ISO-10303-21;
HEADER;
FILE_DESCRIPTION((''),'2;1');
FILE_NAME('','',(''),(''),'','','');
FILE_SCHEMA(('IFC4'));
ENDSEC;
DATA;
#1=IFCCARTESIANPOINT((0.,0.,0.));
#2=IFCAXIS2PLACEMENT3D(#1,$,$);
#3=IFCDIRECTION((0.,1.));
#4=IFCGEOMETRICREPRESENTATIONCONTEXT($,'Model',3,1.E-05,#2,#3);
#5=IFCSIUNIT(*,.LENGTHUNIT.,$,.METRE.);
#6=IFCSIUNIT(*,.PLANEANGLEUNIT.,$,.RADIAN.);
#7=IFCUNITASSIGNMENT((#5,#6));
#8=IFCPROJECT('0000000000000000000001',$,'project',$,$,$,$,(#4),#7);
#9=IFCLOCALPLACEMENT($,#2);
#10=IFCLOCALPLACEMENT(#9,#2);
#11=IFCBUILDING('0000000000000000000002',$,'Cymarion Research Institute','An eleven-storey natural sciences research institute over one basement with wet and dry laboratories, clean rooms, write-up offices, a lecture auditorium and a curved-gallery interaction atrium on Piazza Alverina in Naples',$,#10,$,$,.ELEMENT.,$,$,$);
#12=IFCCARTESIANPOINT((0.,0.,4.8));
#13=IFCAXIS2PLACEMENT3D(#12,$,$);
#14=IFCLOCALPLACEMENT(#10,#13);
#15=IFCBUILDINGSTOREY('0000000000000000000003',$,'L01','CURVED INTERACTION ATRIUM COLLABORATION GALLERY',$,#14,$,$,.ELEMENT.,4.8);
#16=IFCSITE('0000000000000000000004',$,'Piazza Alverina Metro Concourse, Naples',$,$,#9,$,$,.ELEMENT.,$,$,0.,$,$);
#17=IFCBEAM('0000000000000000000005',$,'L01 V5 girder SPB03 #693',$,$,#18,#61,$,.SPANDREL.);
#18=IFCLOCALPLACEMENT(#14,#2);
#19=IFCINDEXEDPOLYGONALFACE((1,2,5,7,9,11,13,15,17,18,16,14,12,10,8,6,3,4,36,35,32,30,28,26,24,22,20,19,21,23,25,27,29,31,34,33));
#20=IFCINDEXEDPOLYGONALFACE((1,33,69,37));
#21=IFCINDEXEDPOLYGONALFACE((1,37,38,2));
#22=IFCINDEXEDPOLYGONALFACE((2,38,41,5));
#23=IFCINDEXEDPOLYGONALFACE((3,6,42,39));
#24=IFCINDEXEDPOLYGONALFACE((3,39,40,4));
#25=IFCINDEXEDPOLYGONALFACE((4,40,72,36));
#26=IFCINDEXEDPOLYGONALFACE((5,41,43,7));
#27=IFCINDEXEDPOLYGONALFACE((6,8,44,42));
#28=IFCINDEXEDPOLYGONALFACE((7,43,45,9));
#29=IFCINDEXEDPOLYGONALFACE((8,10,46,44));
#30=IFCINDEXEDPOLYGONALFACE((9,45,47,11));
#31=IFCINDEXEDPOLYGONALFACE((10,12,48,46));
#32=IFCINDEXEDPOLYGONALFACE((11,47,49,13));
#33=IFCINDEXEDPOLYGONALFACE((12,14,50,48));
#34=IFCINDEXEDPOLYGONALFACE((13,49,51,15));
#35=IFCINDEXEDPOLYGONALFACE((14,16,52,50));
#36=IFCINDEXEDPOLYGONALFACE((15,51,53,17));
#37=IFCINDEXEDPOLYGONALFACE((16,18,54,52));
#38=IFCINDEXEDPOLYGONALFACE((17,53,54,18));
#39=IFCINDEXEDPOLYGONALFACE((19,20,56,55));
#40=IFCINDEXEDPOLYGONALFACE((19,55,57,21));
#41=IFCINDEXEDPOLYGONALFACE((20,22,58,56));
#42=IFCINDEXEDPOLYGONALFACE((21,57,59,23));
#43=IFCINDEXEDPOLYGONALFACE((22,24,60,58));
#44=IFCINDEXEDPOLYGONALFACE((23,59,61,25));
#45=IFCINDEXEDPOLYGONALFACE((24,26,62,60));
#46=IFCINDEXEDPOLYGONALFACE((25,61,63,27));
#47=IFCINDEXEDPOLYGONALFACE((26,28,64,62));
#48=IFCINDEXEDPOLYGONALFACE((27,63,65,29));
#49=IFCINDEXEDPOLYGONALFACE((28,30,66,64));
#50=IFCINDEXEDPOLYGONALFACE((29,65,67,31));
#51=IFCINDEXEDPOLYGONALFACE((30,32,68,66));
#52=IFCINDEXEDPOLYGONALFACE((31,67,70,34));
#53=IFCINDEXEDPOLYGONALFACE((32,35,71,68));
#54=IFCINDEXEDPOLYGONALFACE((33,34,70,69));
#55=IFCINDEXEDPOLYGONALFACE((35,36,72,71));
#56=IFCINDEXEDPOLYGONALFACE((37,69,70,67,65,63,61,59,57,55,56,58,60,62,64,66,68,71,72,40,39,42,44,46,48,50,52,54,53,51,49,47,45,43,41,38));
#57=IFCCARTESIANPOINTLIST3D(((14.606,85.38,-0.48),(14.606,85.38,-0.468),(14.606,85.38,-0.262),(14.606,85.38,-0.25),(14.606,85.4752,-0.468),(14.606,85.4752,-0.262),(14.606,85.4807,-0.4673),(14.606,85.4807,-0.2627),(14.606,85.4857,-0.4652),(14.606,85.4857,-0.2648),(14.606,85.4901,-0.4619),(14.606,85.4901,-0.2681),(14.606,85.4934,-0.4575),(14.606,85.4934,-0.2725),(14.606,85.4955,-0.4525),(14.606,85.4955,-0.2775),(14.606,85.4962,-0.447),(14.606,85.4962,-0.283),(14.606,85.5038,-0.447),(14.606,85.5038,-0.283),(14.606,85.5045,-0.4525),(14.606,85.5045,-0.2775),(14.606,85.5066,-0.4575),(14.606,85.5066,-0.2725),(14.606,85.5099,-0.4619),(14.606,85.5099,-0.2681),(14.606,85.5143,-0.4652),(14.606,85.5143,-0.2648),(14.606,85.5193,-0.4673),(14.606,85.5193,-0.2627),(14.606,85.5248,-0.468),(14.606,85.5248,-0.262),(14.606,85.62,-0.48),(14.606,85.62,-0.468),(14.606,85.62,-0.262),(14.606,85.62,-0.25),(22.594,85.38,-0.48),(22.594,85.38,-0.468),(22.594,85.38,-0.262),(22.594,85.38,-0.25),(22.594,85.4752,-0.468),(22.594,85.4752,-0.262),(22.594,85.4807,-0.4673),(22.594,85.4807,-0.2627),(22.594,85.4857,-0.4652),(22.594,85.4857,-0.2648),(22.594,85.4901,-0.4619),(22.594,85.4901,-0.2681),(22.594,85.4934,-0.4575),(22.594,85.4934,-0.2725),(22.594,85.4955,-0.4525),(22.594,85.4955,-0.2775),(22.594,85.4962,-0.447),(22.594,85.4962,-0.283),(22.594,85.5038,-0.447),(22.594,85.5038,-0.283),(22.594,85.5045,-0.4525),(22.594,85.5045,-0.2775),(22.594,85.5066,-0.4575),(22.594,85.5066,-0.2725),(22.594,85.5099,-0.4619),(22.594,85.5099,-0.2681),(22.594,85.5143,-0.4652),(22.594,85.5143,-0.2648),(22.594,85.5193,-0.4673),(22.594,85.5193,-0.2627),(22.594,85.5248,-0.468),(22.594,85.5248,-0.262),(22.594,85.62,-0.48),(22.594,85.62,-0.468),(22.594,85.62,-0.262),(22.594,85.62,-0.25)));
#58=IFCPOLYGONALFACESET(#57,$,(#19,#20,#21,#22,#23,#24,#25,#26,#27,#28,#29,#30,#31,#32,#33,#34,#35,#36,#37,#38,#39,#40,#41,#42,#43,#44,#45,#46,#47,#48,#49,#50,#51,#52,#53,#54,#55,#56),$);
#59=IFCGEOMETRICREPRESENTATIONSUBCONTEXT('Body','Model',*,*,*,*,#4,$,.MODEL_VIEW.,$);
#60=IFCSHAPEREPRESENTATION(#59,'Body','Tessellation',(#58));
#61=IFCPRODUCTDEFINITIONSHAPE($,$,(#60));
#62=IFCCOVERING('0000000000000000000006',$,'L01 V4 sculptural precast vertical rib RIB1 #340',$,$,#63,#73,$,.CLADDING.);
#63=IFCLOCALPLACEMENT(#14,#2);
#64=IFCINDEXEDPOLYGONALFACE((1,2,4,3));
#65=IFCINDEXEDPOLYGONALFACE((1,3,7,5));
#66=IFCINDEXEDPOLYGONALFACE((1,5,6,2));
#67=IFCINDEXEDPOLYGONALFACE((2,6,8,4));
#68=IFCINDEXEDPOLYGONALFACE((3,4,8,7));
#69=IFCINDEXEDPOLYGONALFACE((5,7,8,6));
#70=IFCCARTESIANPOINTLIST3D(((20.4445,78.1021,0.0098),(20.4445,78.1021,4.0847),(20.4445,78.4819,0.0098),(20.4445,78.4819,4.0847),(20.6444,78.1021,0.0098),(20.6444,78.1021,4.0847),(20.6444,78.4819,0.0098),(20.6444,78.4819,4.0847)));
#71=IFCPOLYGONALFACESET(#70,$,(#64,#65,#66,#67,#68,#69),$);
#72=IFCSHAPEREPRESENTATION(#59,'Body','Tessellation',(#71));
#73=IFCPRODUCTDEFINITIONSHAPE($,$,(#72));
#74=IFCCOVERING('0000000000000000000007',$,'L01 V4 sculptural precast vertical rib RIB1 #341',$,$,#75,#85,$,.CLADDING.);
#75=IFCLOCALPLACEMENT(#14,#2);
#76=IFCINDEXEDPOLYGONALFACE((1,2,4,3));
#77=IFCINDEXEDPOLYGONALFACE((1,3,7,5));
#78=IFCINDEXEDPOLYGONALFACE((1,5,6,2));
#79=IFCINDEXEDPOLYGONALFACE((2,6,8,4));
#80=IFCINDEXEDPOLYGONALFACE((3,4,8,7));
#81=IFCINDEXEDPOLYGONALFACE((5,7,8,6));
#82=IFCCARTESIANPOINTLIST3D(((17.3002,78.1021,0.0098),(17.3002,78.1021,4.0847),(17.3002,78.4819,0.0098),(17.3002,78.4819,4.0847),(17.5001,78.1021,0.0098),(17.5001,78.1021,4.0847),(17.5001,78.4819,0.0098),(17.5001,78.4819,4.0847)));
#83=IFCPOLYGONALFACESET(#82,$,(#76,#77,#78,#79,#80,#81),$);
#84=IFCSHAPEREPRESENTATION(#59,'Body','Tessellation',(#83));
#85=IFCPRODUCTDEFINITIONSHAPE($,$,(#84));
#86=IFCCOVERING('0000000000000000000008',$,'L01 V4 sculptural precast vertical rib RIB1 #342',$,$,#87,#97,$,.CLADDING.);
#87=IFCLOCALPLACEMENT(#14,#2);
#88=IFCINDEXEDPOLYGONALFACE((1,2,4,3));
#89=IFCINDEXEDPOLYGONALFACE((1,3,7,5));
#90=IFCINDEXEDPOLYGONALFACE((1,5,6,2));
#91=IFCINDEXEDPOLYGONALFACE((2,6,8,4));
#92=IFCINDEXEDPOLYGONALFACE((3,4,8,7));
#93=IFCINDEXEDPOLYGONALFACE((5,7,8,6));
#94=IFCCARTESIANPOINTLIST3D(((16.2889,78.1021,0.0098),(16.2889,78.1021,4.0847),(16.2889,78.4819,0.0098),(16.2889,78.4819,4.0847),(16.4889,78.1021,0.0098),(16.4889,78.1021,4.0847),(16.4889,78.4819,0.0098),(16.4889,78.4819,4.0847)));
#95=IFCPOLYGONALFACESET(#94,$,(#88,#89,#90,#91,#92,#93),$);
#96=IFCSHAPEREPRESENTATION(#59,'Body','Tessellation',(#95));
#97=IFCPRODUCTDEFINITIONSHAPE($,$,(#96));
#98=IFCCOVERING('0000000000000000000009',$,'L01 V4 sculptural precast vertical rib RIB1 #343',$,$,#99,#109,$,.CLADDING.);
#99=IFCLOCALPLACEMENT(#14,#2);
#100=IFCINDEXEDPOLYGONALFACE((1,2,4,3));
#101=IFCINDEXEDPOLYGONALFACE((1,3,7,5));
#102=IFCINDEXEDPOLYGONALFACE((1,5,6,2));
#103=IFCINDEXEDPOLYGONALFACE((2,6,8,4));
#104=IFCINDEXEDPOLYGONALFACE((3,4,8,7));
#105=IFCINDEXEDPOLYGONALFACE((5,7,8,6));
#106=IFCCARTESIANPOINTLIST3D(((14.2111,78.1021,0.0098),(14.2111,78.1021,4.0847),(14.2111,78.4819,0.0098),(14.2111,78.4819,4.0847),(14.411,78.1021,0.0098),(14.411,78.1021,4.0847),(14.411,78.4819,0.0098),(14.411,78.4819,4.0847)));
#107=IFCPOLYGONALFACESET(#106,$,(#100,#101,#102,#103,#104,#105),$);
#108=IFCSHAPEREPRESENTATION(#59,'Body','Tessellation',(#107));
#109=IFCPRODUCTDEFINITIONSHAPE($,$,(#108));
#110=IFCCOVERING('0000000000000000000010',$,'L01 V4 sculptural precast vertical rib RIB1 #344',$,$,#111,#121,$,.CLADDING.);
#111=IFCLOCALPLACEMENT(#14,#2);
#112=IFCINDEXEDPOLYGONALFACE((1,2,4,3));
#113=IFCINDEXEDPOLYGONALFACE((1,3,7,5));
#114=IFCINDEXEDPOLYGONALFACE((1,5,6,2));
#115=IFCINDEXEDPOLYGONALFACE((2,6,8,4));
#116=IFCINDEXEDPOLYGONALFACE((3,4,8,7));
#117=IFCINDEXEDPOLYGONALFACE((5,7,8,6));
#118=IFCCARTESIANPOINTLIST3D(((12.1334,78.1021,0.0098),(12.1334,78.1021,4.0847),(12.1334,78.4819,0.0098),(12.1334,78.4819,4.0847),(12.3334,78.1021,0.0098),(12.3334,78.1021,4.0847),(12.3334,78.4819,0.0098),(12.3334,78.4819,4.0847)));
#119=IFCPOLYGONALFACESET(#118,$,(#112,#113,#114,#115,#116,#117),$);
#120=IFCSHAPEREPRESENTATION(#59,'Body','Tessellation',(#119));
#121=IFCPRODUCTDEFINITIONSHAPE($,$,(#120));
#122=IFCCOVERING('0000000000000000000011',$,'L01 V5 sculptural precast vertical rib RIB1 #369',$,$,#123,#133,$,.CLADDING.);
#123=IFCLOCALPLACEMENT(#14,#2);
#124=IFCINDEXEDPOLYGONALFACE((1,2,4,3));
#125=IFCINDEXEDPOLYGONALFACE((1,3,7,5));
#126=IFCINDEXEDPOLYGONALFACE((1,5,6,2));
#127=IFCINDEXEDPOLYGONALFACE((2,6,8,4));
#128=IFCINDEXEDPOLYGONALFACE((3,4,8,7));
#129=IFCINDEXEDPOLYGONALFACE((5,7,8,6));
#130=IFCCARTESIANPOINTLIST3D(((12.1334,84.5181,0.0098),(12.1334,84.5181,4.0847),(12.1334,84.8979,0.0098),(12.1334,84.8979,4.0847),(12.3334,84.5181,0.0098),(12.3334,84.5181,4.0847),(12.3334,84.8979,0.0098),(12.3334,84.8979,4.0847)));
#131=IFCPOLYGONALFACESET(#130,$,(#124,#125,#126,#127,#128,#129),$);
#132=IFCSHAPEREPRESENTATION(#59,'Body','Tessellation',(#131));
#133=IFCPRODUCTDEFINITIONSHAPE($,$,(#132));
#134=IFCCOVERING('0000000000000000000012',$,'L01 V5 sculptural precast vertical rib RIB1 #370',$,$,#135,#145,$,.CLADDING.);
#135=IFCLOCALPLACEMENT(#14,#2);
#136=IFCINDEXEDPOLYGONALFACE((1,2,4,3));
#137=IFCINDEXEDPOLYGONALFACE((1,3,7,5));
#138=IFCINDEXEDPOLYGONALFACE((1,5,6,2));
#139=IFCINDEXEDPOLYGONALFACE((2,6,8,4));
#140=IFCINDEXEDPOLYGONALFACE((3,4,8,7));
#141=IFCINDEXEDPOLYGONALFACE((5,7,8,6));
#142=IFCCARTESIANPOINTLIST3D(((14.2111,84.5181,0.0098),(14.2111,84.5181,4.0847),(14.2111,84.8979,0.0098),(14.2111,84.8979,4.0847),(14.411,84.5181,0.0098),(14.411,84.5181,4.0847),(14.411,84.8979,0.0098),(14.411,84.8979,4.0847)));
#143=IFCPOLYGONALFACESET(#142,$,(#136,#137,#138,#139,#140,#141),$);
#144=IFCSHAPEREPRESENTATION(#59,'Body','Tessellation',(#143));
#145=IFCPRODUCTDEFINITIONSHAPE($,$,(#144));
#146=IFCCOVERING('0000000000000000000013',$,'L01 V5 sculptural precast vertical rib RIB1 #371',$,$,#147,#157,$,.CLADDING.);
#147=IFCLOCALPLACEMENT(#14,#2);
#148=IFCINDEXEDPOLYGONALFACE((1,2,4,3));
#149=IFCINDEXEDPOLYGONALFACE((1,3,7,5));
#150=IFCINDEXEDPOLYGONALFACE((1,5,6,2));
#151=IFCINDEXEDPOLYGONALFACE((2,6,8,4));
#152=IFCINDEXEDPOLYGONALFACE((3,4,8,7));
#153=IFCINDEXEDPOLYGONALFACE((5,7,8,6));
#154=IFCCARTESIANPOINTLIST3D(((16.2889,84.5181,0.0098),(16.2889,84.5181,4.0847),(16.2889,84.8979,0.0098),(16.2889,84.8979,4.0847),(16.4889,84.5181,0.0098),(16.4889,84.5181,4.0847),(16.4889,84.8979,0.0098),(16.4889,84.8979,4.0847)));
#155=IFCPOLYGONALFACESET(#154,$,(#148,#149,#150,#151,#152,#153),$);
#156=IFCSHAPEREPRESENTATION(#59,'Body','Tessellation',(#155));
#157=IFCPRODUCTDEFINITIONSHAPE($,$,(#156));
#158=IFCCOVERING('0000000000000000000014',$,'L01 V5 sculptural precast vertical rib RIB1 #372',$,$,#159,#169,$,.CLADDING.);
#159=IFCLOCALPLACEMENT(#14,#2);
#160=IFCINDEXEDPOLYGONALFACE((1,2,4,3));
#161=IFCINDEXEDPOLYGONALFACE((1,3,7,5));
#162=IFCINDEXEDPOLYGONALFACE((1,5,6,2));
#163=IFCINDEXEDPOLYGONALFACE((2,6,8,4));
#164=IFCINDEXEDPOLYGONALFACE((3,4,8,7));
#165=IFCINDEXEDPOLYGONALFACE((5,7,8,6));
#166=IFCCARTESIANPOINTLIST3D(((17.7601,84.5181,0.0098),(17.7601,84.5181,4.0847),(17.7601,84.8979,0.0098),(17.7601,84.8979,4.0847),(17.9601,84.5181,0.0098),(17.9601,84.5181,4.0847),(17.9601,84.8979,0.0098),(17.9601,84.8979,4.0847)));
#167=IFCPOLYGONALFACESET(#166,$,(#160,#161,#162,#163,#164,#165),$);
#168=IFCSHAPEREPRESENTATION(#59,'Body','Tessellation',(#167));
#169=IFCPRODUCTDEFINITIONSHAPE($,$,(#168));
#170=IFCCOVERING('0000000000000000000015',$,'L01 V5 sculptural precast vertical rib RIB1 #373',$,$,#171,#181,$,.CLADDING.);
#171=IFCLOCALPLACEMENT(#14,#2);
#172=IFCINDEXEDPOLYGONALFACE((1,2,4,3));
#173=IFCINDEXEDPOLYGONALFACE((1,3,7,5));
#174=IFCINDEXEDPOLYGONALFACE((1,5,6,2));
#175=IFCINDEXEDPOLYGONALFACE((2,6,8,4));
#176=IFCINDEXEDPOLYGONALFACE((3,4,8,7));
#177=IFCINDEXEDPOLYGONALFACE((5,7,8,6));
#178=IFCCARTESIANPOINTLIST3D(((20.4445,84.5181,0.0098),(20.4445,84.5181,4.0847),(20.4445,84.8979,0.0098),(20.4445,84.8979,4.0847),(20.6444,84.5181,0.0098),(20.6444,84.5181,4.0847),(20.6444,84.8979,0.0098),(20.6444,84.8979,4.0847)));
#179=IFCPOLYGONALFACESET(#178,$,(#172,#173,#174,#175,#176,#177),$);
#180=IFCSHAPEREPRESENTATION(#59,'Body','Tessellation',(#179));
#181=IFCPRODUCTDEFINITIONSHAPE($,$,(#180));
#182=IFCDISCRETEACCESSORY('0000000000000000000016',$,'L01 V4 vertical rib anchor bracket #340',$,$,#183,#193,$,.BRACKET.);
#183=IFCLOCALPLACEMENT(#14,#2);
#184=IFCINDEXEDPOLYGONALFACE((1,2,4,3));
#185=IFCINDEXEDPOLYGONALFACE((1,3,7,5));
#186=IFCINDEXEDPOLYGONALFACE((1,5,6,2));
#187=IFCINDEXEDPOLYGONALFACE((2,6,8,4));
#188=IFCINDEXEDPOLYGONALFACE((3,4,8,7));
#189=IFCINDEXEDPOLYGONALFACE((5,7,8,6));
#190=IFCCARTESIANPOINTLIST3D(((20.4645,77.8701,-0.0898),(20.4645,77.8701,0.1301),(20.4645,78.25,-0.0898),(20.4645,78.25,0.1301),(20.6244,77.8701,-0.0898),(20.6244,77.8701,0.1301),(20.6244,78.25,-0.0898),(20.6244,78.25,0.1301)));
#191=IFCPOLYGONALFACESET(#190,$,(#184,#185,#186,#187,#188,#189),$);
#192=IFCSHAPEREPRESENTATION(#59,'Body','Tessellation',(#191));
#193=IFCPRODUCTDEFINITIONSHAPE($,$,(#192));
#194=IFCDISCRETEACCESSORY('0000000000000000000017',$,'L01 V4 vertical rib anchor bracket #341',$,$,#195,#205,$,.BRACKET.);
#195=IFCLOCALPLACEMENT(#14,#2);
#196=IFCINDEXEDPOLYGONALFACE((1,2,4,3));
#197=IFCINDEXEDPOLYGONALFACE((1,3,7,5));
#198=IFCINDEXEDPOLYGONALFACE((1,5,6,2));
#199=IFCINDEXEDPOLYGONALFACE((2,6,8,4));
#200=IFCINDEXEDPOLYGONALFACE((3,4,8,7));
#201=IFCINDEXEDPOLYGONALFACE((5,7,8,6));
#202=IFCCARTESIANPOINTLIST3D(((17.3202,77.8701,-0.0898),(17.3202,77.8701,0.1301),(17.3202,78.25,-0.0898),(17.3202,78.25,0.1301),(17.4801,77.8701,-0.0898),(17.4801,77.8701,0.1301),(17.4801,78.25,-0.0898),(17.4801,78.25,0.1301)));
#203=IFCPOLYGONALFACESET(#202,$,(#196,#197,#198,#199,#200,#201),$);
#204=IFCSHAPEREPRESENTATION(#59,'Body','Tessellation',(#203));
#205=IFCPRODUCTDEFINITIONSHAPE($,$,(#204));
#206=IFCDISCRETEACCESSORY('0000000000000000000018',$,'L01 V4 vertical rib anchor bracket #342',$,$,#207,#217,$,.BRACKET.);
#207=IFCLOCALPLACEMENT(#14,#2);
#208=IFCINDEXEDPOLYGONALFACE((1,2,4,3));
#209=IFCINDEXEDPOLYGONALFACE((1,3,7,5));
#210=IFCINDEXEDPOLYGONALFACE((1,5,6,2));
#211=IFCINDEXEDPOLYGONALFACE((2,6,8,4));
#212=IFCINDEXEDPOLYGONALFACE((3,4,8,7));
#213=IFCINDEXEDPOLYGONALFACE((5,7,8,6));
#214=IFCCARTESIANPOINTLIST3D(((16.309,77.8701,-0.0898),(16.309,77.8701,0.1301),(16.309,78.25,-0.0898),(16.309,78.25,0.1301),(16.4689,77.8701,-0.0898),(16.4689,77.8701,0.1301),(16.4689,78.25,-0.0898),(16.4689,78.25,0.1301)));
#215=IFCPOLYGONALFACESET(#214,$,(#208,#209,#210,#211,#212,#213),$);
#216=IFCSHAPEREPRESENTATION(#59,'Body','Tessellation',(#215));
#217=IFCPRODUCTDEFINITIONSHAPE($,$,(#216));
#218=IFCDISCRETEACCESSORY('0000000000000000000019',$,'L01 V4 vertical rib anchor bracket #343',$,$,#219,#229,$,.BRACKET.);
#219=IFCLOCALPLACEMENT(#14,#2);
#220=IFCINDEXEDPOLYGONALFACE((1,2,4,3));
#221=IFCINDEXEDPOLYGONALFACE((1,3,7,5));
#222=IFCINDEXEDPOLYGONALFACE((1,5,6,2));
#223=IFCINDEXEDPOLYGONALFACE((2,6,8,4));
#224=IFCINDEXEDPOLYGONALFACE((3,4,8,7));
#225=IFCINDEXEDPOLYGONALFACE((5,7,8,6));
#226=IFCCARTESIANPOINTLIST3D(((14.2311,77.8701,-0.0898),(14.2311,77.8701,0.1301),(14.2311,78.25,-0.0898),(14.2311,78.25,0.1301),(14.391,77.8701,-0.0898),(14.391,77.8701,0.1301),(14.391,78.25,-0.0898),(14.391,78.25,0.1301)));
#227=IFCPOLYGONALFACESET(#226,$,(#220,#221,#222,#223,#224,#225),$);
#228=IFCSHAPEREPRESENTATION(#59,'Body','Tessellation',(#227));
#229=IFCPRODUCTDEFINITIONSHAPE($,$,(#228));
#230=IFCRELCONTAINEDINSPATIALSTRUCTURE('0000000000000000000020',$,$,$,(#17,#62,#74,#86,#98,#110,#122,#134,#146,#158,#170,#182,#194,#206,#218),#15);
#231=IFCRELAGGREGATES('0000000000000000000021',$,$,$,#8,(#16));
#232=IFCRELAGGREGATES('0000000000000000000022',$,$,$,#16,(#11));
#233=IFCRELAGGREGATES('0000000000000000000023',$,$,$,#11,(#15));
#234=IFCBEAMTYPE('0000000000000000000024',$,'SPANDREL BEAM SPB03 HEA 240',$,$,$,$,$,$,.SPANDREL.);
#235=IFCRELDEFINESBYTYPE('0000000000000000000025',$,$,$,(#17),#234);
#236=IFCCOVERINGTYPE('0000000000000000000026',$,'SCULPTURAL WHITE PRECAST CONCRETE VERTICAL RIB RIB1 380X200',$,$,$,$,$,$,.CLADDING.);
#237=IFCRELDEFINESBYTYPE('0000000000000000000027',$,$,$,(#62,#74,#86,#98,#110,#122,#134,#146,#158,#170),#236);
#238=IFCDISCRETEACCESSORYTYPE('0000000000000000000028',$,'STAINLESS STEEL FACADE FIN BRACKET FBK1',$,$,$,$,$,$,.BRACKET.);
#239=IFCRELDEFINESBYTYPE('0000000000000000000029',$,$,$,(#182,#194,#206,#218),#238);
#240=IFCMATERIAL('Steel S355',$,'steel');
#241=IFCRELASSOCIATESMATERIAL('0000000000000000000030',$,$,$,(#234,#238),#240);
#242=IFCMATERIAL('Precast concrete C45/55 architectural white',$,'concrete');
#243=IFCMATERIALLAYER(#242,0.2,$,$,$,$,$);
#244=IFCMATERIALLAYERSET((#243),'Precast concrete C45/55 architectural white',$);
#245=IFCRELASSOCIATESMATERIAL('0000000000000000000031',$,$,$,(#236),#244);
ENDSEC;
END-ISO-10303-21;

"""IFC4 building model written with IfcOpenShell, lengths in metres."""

from ifc_helpers import new_model, si_unit, direction, frame, origin, origin_2d, place, context, subcontext, project, spatial, rectangle, i_section, extrude, material, layer, layer_set, material_profile, profile_set, type_object, element, save


model = new_model("IFC4")

# Units and contexts
model_context = context("Model", 3, precision=1e-05, world=origin(), true_north=direction((0.0, 1.0)))
body_context = subcontext(model_context, "Body", "Model", "MODEL_VIEW")
ifc_project = project(units=[si_unit("LENGTHUNIT", "METRE"), si_unit("PLANEANGLEUNIT", "RADIAN")], contexts=[model_context])

# Site, building, storey
site_placement = place(None, origin())
site = spatial("IfcSite", under=ifc_project, at=site_placement, Name="Piazza Alverina Metro Concourse, Naples", CompositionType="ELEMENT", RefElevation=0.0)
building_placement = place(site_placement, origin())
building = spatial("IfcBuilding", under=site, at=building_placement, Name="Cymarion Research Institute", Description="An eleven-storey natural sciences research institute over one basement with wet and dry laboratories, clean rooms, write-up offices, a lecture auditorium and a curved-gallery interaction atrium on Piazza Alverina in Naples", CompositionType="ELEMENT")
storey_placement = place(building_placement, frame((0.0, 0.0, 4.8)))
storey = spatial("IfcBuildingStorey", under=building, at=storey_placement, Name="L01", Description="CURVED INTERACTION ATRIUM COLLABORATION GALLERY", CompositionType="ELEMENT", Elevation=4.8)

# Shared definitions
ifc_material_1 = material(Name="Steel S355", Category="steel")

# Beam
ifc_material_profile_1 = material_profile(ifc_material_1, i_section(OverallWidth=0.24, OverallDepth=0.23, WebThickness=0.0076, FlangeThickness=0.012, FilletRadius=0.021, at=origin_2d()), Name="HEA 240")
ifc_profile_set_1 = profile_set([ifc_material_profile_1], Name="Steel S355")
beam_type_1 = type_object("IfcBeamType", Name="SPANDREL BEAM SPB03 HEA 240", PredefinedType="SPANDREL", material=ifc_profile_set_1)
for number, where, z_axis, x_axis, name in (
    (1, (14.606, 85.5, -0.365), (1.0, 0.0, 0.0), (0.0, 1.0, 0.0), "L01 V5 girder SPB03 #693"),
):
    element("IfcBeam", number, at=place(storey_placement, frame(where, z_axis=z_axis, x_axis=x_axis)), inside=storey, type_object=beam_type_1, Name=name, PredefinedType="SPANDREL", context=body_context, shape_type="SweptSolid", body=[
        extrude(i_section(OverallWidth=0.24, OverallDepth=0.23, WebThickness=0.0076, FlangeThickness=0.012, FilletRadius=0.021, at=origin_2d()), origin(), (0.0, 0.0, 1.0), 7.988),
    ])

# Coverings
ifc_material_2 = material(Name="Precast concrete C45/55 architectural white", Category="concrete")
ifc_layer = layer(ifc_material_2, 0.2)
ifc_layer_set = layer_set([ifc_layer], Name="Precast concrete C45/55 architectural white")
covering_type = type_object("IfcCoveringType", Name="SCULPTURAL WHITE PRECAST CONCRETE VERTICAL RIB RIB1 380X200", PredefinedType="CLADDING", material=ifc_layer_set)
for number, where, z_axis, x_axis, name in (
    (2, (20.5444, 78.292, 0.0098), (0.0, 0.0, 1.0), (0.0, 1.0, 0.0), "L01 V4 sculptural precast vertical rib RIB1 #340"),
    (3, (17.4001, 78.292, 0.0098), (0.0, 0.0, 1.0), (0.0, 1.0, 0.0), "L01 V4 sculptural precast vertical rib RIB1 #341"),
    (4, (16.3889, 78.292, 0.0098), (0.0, 0.0, 1.0), (0.0, 1.0, 0.0), "L01 V4 sculptural precast vertical rib RIB1 #342"),
    (5, (14.311, 78.292, 0.0098), (0.0, 0.0, 1.0), (0.0, 1.0, 0.0), "L01 V4 sculptural precast vertical rib RIB1 #343"),
    (6, (12.2334, 78.292, 0.0098), (0.0, 0.0, 1.0), (0.0, 1.0, 0.0), "L01 V4 sculptural precast vertical rib RIB1 #344"),
    (7, (12.2334, 84.708, 0.0098), (0.0, 0.0, 1.0), (0.0, -1.0, 0.0), "L01 V5 sculptural precast vertical rib RIB1 #369"),
    (8, (14.311, 84.708, 0.0098), (0.0, 0.0, 1.0), (0.0, -1.0, 0.0), "L01 V5 sculptural precast vertical rib RIB1 #370"),
    (9, (16.3889, 84.708, 0.0098), (0.0, 0.0, 1.0), (0.0, -1.0, 0.0), "L01 V5 sculptural precast vertical rib RIB1 #371"),
    (10, (17.8601, 84.708, 0.0098), (0.0, 0.0, 1.0), (0.0, -1.0, 0.0), "L01 V5 sculptural precast vertical rib RIB1 #372"),
    (11, (20.5444, 84.708, 0.0098), (0.0, 0.0, 1.0), (0.0, -1.0, 0.0), "L01 V5 sculptural precast vertical rib RIB1 #373"),
):
    element("IfcCovering", number, at=place(storey_placement, frame(where, z_axis=z_axis, x_axis=x_axis)), inside=storey, type_object=covering_type, Name=name, PredefinedType="CLADDING", context=body_context, shape_type="SweptSolid", body=[
        extrude(rectangle(XDim=0.3799, YDim=0.2, at=origin_2d()), origin(), (0.0, 0.0, 1.0), 4.075),
    ])

# Discrete accessories
discrete_accessory_type = type_object("IfcDiscreteAccessoryType", Name="STAINLESS STEEL FACADE FIN BRACKET FBK1", PredefinedType="BRACKET", material=ifc_material_1)
for number, where, z_axis, x_axis, name in (
    (12, (20.5444, 78.0601, -0.0898), (0.0, 0.0, 1.0), (0.0, 1.0, 0.0), "L01 V4 vertical rib anchor bracket #340"),
    (13, (17.4001, 78.0601, -0.0898), (0.0, 0.0, 1.0), (0.0, 1.0, 0.0), "L01 V4 vertical rib anchor bracket #341"),
    (14, (16.3889, 78.0601, -0.0898), (0.0, 0.0, 1.0), (0.0, 1.0, 0.0), "L01 V4 vertical rib anchor bracket #342"),
    (15, (14.311, 78.0601, -0.0898), (0.0, 0.0, 1.0), (0.0, 1.0, 0.0), "L01 V4 vertical rib anchor bracket #343"),
):
    element("IfcDiscreteAccessory", number, at=place(storey_placement, frame(where, z_axis=z_axis, x_axis=x_axis)), inside=storey, type_object=discrete_accessory_type, Name=name, PredefinedType="BRACKET", context=body_context, shape_type="SweptSolid", body=[
        extrude(rectangle(XDim=0.3799, YDim=0.1599, at=origin_2d()), origin(), (0.0, 0.0, 1.0), 0.22),
    ])

save(model, "model.ifc")
